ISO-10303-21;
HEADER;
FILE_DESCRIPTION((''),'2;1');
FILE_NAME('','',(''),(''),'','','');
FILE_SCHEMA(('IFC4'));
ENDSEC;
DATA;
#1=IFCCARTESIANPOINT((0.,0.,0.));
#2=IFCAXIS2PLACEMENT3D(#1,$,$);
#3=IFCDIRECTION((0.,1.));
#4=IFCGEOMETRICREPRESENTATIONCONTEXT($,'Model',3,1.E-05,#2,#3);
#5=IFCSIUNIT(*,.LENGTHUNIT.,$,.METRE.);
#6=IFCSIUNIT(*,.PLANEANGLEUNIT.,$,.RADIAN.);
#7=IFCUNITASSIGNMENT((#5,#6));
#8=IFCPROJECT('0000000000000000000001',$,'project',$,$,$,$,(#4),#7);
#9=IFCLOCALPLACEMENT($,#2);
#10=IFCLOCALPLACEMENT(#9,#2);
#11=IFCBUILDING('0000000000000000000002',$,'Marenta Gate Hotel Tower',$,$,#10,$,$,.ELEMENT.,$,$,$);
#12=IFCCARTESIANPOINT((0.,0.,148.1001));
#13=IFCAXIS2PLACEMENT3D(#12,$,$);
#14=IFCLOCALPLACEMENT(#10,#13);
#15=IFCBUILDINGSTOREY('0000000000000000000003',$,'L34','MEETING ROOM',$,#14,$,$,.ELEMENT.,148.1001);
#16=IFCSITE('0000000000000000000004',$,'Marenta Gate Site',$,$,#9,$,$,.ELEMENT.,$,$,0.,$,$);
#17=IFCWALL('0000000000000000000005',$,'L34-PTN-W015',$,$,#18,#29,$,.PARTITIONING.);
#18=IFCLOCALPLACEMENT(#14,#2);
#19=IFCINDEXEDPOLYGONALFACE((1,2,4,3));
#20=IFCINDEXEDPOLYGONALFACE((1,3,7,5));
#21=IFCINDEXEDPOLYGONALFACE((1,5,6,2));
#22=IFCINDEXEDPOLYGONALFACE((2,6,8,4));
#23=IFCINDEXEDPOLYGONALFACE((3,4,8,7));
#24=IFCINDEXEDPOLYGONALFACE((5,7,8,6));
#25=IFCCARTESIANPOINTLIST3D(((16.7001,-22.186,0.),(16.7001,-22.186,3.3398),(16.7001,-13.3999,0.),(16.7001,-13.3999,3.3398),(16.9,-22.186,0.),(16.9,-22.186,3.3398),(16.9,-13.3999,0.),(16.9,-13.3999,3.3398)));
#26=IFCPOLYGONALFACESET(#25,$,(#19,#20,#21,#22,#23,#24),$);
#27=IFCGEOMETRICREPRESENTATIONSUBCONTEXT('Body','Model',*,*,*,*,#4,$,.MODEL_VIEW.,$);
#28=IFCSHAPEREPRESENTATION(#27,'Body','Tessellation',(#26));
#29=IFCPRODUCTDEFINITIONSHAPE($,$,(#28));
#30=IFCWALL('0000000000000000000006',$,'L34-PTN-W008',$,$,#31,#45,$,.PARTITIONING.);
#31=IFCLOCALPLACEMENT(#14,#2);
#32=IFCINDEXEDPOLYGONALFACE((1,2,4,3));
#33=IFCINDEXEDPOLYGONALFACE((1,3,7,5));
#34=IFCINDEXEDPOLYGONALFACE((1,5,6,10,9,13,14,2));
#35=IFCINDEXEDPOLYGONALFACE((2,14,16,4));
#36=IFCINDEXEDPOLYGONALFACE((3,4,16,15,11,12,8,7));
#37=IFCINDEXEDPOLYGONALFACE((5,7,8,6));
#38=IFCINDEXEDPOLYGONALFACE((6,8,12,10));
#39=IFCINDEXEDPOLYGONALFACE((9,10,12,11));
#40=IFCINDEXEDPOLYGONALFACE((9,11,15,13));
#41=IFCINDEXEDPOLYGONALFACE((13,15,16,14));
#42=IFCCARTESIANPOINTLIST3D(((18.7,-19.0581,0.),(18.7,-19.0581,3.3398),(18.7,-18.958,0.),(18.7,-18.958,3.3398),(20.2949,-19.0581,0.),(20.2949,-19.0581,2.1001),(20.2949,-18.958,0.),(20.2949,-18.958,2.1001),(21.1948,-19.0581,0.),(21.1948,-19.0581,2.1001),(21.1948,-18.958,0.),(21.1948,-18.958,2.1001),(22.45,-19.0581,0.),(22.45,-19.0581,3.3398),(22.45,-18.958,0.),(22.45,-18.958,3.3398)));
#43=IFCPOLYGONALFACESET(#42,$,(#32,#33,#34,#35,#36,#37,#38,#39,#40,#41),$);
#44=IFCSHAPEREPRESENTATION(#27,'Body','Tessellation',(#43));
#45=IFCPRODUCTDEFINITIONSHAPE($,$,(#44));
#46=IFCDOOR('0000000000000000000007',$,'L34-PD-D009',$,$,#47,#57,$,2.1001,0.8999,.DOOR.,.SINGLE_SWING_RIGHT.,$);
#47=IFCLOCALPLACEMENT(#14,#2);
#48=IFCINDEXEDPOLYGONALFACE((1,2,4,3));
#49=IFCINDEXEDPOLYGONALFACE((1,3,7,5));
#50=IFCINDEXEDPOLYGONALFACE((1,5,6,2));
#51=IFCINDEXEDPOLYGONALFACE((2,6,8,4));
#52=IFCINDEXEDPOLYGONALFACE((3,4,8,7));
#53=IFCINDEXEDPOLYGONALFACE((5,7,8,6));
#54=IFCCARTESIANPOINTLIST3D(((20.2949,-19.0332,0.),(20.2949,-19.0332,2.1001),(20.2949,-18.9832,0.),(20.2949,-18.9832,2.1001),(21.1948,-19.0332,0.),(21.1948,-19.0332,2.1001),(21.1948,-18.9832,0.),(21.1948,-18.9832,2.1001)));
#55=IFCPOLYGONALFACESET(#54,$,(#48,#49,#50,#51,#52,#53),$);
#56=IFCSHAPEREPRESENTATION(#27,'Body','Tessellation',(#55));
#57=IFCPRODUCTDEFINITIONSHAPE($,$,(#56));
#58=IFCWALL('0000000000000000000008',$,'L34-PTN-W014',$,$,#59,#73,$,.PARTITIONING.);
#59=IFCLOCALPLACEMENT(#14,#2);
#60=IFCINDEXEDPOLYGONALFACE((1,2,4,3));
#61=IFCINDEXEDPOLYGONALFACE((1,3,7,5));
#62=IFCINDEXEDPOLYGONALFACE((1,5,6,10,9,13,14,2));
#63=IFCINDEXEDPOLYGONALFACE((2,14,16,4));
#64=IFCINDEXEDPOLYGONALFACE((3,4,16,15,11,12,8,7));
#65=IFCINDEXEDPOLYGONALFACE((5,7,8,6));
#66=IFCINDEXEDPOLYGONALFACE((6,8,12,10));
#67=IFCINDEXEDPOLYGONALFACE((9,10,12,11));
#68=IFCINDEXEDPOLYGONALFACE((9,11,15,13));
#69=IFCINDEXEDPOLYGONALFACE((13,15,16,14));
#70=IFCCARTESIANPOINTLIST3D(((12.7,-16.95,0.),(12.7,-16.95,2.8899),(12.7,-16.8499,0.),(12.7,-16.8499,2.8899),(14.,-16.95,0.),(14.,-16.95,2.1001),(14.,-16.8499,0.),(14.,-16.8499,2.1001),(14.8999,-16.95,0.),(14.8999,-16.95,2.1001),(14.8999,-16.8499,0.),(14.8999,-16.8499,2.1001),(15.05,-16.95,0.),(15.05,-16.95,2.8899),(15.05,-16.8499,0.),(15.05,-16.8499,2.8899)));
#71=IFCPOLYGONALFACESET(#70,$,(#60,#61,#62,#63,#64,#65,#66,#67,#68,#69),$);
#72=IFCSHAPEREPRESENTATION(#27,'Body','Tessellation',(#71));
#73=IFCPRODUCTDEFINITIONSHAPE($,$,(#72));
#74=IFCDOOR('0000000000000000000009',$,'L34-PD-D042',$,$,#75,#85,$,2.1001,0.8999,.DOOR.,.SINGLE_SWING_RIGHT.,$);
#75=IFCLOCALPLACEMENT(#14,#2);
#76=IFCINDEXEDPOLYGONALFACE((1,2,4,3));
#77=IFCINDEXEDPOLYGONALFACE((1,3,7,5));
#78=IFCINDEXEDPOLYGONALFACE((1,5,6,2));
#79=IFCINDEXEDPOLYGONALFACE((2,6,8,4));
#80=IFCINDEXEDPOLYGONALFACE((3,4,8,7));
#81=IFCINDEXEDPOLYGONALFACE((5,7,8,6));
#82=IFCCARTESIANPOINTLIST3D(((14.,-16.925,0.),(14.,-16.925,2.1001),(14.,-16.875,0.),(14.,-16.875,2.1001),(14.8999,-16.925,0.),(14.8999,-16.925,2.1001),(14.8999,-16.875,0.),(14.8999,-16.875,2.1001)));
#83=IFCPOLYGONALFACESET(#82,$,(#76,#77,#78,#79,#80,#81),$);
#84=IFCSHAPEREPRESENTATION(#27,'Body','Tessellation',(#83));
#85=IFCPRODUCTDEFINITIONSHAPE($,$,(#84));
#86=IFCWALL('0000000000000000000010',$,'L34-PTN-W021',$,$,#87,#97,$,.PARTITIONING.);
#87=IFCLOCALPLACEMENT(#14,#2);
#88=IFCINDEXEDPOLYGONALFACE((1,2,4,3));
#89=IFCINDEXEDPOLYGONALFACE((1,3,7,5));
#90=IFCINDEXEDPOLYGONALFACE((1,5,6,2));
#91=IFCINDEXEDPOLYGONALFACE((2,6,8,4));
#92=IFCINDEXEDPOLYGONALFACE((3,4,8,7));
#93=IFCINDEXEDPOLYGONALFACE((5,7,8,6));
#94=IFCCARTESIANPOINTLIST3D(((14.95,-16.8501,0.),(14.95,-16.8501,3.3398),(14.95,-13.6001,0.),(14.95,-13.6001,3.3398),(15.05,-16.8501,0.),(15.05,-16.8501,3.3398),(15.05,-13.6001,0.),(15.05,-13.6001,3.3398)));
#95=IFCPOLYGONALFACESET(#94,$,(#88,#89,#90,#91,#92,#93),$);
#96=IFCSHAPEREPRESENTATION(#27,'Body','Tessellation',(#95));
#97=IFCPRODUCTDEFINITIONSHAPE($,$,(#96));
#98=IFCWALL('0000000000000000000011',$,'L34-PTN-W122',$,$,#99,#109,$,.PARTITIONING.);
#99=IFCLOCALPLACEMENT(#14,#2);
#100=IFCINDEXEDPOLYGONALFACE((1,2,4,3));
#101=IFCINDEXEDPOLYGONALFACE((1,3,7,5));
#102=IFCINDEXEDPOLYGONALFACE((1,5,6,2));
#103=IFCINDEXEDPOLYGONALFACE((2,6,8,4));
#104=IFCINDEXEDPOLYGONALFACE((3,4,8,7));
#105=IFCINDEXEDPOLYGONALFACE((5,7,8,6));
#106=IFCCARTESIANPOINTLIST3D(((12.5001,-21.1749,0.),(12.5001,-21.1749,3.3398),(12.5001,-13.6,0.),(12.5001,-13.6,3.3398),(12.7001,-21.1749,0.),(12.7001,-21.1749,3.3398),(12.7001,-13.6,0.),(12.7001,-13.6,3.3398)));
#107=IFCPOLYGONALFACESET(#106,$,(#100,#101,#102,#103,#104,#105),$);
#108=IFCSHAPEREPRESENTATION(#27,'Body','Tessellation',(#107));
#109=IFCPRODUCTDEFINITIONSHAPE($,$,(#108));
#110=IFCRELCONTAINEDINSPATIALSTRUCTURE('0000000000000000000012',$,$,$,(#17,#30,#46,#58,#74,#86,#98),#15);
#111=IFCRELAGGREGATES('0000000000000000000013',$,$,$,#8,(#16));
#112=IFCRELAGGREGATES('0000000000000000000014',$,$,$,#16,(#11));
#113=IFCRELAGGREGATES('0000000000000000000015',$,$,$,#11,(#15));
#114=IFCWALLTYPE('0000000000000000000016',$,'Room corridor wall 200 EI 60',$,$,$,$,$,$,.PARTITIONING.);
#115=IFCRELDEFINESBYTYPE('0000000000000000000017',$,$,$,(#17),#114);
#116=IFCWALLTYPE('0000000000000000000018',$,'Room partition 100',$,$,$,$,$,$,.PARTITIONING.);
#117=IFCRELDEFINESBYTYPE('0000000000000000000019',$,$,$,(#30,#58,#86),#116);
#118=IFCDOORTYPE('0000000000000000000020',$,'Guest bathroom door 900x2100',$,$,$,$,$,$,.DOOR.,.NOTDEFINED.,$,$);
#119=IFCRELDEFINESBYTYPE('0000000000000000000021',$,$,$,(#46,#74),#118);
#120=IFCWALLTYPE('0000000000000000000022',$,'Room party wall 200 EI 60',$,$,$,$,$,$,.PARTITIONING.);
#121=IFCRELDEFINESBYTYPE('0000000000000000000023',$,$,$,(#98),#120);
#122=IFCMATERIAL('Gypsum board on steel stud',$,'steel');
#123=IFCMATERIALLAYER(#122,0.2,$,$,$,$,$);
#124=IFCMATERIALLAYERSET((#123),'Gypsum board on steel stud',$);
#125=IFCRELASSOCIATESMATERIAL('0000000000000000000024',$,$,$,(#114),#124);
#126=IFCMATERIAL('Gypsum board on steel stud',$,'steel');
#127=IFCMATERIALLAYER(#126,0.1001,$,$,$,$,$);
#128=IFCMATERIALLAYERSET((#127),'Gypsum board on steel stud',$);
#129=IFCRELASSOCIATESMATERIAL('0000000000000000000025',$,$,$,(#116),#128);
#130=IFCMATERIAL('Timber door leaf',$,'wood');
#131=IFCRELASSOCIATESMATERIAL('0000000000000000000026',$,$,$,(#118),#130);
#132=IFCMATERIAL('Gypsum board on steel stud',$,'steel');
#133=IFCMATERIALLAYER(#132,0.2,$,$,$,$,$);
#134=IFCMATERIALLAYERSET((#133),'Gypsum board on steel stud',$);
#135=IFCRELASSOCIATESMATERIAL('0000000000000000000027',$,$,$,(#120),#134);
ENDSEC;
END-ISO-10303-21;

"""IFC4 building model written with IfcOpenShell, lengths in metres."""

from ifc_helpers import new_model, si_unit, direction, frame, frame_2d, origin, place, context, subcontext, project, spatial, rectangle, extrude, material, layer, layer_set, type_object, element, fill, save


model = new_model("IFC4")

# Units and contexts
model_context = context("Model", 3, precision=1e-05, world=origin(), true_north=direction((0.0, 1.0)))
body_context = subcontext(model_context, "Body", "Model", "MODEL_VIEW")
ifc_project = project(units=[si_unit("LENGTHUNIT", "METRE"), si_unit("PLANEANGLEUNIT", "RADIAN")], contexts=[model_context])

# Site, building, storey
site_placement = place(None, origin())
site = spatial("IfcSite", under=ifc_project, at=site_placement, Name="Marenta Gate Site", CompositionType="ELEMENT", RefElevation=0.0)
building_placement = place(site_placement, origin())
building = spatial("IfcBuilding", under=site, at=building_placement, Name="Marenta Gate Hotel Tower", CompositionType="ELEMENT")
storey_placement = place(building_placement, frame((0.0, 0.0, 148.1001)))
storey = spatial("IfcBuildingStorey", under=building, at=storey_placement, Name="L34", Description="MEETING ROOM", CompositionType="ELEMENT", Elevation=148.1001)

# Shared definitions
ifc_material_1 = material(Name="Gypsum board on steel stud", Category="steel")
ifc_layer_1 = layer(ifc_material_1, 0.2)
ifc_layer_set_1 = layer_set([ifc_layer_1], Name="Gypsum board on steel stud")
wall_type_1 = type_object("IfcWallType", Name="Room corridor wall 200 EI 60", PredefinedType="PARTITIONING", material=ifc_layer_set_1)

# Wall
wall_1_placement = place(storey_placement, frame((16.8, -22.186, 0.0), z_axis=(0.0, 0.0, 1.0), x_axis=(0.0, 1.0, 0.0)))
element("IfcWall", 1, at=wall_1_placement, inside=storey, type_object=wall_type_1, Name="L34-PTN-W015", PredefinedType="PARTITIONING", context=body_context, shape_type="SweptSolid", body=[
    extrude(rectangle(XDim=8.7861, YDim=0.2, at=frame_2d((4.3931, 0.0))), origin(), (0.0, 0.0, 1.0), 3.3398),
])

# Walls, openings, doors
ifc_material_2 = material(Name="Gypsum board on steel stud", Category="steel")
ifc_layer_2 = layer(ifc_material_2, 0.1001)
ifc_layer_set_2 = layer_set([ifc_layer_2], Name="Gypsum board on steel stud")
wall_type_2 = type_object("IfcWallType", Name="Room partition 100", PredefinedType="PARTITIONING", material=ifc_layer_set_2)
wall_2_placement = place(storey_placement, frame((18.7, -19.0081, 0.0), z_axis=(0.0, 0.0, 1.0), x_axis=(1.0, 0.0, 0.0)))
wall_2 = element("IfcWall", 2, at=wall_2_placement, inside=storey, type_object=wall_type_2, Name="L34-PTN-W008", PredefinedType="PARTITIONING", context=body_context, shape_type="SweptSolid", body=[
    extrude(rectangle(XDim=3.75, YDim=0.1001, at=frame_2d((1.875, 0.0))), origin(), (0.0, 0.0, 1.0), 3.3398),
])
opening_1_placement = place(wall_2_placement, frame((1.595, 0.0, 0.0)))
opening_1 = element("IfcOpeningElement", 3, at=opening_1_placement, cuts=wall_2, PredefinedType="OPENING", context=body_context, shape_type="SweptSolid", body=[
    extrude(rectangle(XDim=0.8999, YDim=2.1001, at=frame_2d((0.45, 1.05))), frame((0.0, 0.05, 0.0), z_axis=(0.0, -1.0, 0.0), x_axis=(1.0, 0.0, 0.0)), (0.0, 0.0, 1.0), 0.1001),
])
ifc_material_3 = material(Name="Timber door leaf", Category="wood")
door_type_1 = type_object("IfcDoorType", Name="Guest bathroom door 900x2100", OperationType="NOTDEFINED", PredefinedType="DOOR", material=ifc_material_3)
door_1_placement = place(opening_1_placement, origin())
door_1 = element("IfcDoor", 4, at=door_1_placement, inside=storey, type_object=door_type_1, Name="L34-PD-D009", OperationType="SINGLE_SWING_RIGHT", OverallHeight=2.1001, OverallWidth=0.8999, PredefinedType="DOOR", context=body_context, shape_type="SweptSolid", body=[
    extrude(rectangle(XDim=0.8999, YDim=2.1001, at=frame_2d((0.45, 1.05))), frame((0.0, 0.0249, 0.0), z_axis=(0.0, -1.0, 0.0), x_axis=(1.0, 0.0, 0.0)), (0.0, 0.0, 1.0), 0.05),
])
fill(opening_1, door_1)
wall_3_placement = place(storey_placement, frame((12.7, -16.8999, 0.0), z_axis=(0.0, 0.0, 1.0), x_axis=(1.0, 0.0, 0.0)))
wall_3 = element("IfcWall", 5, at=wall_3_placement, inside=storey, type_object=wall_type_2, Name="L34-PTN-W014", PredefinedType="PARTITIONING", context=body_context, shape_type="SweptSolid", body=[
    extrude(rectangle(XDim=2.3501, YDim=0.1001, at=frame_2d((1.175, 0.0))), origin(), (0.0, 0.0, 1.0), 2.8899),
])
opening_2_placement = place(wall_3_placement, frame((1.3, 0.0, 0.0)))
opening_2 = element("IfcOpeningElement", 6, at=opening_2_placement, cuts=wall_3, PredefinedType="OPENING", context=body_context, shape_type="SweptSolid", body=[
    extrude(rectangle(XDim=0.8999, YDim=2.1001, at=frame_2d((0.45, 1.05))), frame((0.0, 0.05, 0.0), z_axis=(0.0, -1.0, 0.0), x_axis=(1.0, 0.0, 0.0)), (0.0, 0.0, 1.0), 0.1001),
])
door_2_placement = place(opening_2_placement, origin())
door_2 = element("IfcDoor", 7, at=door_2_placement, inside=storey, type_object=door_type_1, Name="L34-PD-D042", OperationType="SINGLE_SWING_RIGHT", OverallHeight=2.1001, OverallWidth=0.8999, PredefinedType="DOOR", context=body_context, shape_type="SweptSolid", body=[
    extrude(rectangle(XDim=0.8999, YDim=2.1001, at=frame_2d((0.45, 1.05))), frame((0.0, 0.0249, 0.0), z_axis=(0.0, -1.0, 0.0), x_axis=(1.0, 0.0, 0.0)), (0.0, 0.0, 1.0), 0.05),
])
fill(opening_2, door_2)

# Walls
wall_4_placement = place(storey_placement, frame((15.0, -16.8501, 0.0), z_axis=(0.0, 0.0, 1.0), x_axis=(0.0, 1.0, 0.0)))
element("IfcWall", 8, at=wall_4_placement, inside=storey, type_object=wall_type_2, Name="L34-PTN-W021", PredefinedType="PARTITIONING", context=body_context, shape_type="SweptSolid", body=[
    extrude(rectangle(XDim=3.25, YDim=0.1001, at=frame_2d((1.625, 0.0))), origin(), (0.0, 0.0, 1.0), 3.3398),
])
ifc_material_4 = material(Name="Gypsum board on steel stud", Category="steel")
ifc_layer_3 = layer(ifc_material_4, 0.2)
ifc_layer_set_3 = layer_set([ifc_layer_3], Name="Gypsum board on steel stud")
wall_type_3 = type_object("IfcWallType", Name="Room party wall 200 EI 60", PredefinedType="PARTITIONING", material=ifc_layer_set_3)
wall_5_placement = place(storey_placement, frame((12.6001, -21.175, 0.0), z_axis=(0.0, 0.0, 1.0), x_axis=(0.0, 1.0, 0.0)))
element("IfcWall", 9, at=wall_5_placement, inside=storey, type_object=wall_type_3, Name="L34-PTN-W122", PredefinedType="PARTITIONING", context=body_context, shape_type="SweptSolid", body=[
    extrude(rectangle(XDim=7.575, YDim=0.2, at=frame_2d((3.7876, 0.0))), origin(), (0.0, 0.0, 1.0), 3.3398),
])

save(model, "model.ifc")
